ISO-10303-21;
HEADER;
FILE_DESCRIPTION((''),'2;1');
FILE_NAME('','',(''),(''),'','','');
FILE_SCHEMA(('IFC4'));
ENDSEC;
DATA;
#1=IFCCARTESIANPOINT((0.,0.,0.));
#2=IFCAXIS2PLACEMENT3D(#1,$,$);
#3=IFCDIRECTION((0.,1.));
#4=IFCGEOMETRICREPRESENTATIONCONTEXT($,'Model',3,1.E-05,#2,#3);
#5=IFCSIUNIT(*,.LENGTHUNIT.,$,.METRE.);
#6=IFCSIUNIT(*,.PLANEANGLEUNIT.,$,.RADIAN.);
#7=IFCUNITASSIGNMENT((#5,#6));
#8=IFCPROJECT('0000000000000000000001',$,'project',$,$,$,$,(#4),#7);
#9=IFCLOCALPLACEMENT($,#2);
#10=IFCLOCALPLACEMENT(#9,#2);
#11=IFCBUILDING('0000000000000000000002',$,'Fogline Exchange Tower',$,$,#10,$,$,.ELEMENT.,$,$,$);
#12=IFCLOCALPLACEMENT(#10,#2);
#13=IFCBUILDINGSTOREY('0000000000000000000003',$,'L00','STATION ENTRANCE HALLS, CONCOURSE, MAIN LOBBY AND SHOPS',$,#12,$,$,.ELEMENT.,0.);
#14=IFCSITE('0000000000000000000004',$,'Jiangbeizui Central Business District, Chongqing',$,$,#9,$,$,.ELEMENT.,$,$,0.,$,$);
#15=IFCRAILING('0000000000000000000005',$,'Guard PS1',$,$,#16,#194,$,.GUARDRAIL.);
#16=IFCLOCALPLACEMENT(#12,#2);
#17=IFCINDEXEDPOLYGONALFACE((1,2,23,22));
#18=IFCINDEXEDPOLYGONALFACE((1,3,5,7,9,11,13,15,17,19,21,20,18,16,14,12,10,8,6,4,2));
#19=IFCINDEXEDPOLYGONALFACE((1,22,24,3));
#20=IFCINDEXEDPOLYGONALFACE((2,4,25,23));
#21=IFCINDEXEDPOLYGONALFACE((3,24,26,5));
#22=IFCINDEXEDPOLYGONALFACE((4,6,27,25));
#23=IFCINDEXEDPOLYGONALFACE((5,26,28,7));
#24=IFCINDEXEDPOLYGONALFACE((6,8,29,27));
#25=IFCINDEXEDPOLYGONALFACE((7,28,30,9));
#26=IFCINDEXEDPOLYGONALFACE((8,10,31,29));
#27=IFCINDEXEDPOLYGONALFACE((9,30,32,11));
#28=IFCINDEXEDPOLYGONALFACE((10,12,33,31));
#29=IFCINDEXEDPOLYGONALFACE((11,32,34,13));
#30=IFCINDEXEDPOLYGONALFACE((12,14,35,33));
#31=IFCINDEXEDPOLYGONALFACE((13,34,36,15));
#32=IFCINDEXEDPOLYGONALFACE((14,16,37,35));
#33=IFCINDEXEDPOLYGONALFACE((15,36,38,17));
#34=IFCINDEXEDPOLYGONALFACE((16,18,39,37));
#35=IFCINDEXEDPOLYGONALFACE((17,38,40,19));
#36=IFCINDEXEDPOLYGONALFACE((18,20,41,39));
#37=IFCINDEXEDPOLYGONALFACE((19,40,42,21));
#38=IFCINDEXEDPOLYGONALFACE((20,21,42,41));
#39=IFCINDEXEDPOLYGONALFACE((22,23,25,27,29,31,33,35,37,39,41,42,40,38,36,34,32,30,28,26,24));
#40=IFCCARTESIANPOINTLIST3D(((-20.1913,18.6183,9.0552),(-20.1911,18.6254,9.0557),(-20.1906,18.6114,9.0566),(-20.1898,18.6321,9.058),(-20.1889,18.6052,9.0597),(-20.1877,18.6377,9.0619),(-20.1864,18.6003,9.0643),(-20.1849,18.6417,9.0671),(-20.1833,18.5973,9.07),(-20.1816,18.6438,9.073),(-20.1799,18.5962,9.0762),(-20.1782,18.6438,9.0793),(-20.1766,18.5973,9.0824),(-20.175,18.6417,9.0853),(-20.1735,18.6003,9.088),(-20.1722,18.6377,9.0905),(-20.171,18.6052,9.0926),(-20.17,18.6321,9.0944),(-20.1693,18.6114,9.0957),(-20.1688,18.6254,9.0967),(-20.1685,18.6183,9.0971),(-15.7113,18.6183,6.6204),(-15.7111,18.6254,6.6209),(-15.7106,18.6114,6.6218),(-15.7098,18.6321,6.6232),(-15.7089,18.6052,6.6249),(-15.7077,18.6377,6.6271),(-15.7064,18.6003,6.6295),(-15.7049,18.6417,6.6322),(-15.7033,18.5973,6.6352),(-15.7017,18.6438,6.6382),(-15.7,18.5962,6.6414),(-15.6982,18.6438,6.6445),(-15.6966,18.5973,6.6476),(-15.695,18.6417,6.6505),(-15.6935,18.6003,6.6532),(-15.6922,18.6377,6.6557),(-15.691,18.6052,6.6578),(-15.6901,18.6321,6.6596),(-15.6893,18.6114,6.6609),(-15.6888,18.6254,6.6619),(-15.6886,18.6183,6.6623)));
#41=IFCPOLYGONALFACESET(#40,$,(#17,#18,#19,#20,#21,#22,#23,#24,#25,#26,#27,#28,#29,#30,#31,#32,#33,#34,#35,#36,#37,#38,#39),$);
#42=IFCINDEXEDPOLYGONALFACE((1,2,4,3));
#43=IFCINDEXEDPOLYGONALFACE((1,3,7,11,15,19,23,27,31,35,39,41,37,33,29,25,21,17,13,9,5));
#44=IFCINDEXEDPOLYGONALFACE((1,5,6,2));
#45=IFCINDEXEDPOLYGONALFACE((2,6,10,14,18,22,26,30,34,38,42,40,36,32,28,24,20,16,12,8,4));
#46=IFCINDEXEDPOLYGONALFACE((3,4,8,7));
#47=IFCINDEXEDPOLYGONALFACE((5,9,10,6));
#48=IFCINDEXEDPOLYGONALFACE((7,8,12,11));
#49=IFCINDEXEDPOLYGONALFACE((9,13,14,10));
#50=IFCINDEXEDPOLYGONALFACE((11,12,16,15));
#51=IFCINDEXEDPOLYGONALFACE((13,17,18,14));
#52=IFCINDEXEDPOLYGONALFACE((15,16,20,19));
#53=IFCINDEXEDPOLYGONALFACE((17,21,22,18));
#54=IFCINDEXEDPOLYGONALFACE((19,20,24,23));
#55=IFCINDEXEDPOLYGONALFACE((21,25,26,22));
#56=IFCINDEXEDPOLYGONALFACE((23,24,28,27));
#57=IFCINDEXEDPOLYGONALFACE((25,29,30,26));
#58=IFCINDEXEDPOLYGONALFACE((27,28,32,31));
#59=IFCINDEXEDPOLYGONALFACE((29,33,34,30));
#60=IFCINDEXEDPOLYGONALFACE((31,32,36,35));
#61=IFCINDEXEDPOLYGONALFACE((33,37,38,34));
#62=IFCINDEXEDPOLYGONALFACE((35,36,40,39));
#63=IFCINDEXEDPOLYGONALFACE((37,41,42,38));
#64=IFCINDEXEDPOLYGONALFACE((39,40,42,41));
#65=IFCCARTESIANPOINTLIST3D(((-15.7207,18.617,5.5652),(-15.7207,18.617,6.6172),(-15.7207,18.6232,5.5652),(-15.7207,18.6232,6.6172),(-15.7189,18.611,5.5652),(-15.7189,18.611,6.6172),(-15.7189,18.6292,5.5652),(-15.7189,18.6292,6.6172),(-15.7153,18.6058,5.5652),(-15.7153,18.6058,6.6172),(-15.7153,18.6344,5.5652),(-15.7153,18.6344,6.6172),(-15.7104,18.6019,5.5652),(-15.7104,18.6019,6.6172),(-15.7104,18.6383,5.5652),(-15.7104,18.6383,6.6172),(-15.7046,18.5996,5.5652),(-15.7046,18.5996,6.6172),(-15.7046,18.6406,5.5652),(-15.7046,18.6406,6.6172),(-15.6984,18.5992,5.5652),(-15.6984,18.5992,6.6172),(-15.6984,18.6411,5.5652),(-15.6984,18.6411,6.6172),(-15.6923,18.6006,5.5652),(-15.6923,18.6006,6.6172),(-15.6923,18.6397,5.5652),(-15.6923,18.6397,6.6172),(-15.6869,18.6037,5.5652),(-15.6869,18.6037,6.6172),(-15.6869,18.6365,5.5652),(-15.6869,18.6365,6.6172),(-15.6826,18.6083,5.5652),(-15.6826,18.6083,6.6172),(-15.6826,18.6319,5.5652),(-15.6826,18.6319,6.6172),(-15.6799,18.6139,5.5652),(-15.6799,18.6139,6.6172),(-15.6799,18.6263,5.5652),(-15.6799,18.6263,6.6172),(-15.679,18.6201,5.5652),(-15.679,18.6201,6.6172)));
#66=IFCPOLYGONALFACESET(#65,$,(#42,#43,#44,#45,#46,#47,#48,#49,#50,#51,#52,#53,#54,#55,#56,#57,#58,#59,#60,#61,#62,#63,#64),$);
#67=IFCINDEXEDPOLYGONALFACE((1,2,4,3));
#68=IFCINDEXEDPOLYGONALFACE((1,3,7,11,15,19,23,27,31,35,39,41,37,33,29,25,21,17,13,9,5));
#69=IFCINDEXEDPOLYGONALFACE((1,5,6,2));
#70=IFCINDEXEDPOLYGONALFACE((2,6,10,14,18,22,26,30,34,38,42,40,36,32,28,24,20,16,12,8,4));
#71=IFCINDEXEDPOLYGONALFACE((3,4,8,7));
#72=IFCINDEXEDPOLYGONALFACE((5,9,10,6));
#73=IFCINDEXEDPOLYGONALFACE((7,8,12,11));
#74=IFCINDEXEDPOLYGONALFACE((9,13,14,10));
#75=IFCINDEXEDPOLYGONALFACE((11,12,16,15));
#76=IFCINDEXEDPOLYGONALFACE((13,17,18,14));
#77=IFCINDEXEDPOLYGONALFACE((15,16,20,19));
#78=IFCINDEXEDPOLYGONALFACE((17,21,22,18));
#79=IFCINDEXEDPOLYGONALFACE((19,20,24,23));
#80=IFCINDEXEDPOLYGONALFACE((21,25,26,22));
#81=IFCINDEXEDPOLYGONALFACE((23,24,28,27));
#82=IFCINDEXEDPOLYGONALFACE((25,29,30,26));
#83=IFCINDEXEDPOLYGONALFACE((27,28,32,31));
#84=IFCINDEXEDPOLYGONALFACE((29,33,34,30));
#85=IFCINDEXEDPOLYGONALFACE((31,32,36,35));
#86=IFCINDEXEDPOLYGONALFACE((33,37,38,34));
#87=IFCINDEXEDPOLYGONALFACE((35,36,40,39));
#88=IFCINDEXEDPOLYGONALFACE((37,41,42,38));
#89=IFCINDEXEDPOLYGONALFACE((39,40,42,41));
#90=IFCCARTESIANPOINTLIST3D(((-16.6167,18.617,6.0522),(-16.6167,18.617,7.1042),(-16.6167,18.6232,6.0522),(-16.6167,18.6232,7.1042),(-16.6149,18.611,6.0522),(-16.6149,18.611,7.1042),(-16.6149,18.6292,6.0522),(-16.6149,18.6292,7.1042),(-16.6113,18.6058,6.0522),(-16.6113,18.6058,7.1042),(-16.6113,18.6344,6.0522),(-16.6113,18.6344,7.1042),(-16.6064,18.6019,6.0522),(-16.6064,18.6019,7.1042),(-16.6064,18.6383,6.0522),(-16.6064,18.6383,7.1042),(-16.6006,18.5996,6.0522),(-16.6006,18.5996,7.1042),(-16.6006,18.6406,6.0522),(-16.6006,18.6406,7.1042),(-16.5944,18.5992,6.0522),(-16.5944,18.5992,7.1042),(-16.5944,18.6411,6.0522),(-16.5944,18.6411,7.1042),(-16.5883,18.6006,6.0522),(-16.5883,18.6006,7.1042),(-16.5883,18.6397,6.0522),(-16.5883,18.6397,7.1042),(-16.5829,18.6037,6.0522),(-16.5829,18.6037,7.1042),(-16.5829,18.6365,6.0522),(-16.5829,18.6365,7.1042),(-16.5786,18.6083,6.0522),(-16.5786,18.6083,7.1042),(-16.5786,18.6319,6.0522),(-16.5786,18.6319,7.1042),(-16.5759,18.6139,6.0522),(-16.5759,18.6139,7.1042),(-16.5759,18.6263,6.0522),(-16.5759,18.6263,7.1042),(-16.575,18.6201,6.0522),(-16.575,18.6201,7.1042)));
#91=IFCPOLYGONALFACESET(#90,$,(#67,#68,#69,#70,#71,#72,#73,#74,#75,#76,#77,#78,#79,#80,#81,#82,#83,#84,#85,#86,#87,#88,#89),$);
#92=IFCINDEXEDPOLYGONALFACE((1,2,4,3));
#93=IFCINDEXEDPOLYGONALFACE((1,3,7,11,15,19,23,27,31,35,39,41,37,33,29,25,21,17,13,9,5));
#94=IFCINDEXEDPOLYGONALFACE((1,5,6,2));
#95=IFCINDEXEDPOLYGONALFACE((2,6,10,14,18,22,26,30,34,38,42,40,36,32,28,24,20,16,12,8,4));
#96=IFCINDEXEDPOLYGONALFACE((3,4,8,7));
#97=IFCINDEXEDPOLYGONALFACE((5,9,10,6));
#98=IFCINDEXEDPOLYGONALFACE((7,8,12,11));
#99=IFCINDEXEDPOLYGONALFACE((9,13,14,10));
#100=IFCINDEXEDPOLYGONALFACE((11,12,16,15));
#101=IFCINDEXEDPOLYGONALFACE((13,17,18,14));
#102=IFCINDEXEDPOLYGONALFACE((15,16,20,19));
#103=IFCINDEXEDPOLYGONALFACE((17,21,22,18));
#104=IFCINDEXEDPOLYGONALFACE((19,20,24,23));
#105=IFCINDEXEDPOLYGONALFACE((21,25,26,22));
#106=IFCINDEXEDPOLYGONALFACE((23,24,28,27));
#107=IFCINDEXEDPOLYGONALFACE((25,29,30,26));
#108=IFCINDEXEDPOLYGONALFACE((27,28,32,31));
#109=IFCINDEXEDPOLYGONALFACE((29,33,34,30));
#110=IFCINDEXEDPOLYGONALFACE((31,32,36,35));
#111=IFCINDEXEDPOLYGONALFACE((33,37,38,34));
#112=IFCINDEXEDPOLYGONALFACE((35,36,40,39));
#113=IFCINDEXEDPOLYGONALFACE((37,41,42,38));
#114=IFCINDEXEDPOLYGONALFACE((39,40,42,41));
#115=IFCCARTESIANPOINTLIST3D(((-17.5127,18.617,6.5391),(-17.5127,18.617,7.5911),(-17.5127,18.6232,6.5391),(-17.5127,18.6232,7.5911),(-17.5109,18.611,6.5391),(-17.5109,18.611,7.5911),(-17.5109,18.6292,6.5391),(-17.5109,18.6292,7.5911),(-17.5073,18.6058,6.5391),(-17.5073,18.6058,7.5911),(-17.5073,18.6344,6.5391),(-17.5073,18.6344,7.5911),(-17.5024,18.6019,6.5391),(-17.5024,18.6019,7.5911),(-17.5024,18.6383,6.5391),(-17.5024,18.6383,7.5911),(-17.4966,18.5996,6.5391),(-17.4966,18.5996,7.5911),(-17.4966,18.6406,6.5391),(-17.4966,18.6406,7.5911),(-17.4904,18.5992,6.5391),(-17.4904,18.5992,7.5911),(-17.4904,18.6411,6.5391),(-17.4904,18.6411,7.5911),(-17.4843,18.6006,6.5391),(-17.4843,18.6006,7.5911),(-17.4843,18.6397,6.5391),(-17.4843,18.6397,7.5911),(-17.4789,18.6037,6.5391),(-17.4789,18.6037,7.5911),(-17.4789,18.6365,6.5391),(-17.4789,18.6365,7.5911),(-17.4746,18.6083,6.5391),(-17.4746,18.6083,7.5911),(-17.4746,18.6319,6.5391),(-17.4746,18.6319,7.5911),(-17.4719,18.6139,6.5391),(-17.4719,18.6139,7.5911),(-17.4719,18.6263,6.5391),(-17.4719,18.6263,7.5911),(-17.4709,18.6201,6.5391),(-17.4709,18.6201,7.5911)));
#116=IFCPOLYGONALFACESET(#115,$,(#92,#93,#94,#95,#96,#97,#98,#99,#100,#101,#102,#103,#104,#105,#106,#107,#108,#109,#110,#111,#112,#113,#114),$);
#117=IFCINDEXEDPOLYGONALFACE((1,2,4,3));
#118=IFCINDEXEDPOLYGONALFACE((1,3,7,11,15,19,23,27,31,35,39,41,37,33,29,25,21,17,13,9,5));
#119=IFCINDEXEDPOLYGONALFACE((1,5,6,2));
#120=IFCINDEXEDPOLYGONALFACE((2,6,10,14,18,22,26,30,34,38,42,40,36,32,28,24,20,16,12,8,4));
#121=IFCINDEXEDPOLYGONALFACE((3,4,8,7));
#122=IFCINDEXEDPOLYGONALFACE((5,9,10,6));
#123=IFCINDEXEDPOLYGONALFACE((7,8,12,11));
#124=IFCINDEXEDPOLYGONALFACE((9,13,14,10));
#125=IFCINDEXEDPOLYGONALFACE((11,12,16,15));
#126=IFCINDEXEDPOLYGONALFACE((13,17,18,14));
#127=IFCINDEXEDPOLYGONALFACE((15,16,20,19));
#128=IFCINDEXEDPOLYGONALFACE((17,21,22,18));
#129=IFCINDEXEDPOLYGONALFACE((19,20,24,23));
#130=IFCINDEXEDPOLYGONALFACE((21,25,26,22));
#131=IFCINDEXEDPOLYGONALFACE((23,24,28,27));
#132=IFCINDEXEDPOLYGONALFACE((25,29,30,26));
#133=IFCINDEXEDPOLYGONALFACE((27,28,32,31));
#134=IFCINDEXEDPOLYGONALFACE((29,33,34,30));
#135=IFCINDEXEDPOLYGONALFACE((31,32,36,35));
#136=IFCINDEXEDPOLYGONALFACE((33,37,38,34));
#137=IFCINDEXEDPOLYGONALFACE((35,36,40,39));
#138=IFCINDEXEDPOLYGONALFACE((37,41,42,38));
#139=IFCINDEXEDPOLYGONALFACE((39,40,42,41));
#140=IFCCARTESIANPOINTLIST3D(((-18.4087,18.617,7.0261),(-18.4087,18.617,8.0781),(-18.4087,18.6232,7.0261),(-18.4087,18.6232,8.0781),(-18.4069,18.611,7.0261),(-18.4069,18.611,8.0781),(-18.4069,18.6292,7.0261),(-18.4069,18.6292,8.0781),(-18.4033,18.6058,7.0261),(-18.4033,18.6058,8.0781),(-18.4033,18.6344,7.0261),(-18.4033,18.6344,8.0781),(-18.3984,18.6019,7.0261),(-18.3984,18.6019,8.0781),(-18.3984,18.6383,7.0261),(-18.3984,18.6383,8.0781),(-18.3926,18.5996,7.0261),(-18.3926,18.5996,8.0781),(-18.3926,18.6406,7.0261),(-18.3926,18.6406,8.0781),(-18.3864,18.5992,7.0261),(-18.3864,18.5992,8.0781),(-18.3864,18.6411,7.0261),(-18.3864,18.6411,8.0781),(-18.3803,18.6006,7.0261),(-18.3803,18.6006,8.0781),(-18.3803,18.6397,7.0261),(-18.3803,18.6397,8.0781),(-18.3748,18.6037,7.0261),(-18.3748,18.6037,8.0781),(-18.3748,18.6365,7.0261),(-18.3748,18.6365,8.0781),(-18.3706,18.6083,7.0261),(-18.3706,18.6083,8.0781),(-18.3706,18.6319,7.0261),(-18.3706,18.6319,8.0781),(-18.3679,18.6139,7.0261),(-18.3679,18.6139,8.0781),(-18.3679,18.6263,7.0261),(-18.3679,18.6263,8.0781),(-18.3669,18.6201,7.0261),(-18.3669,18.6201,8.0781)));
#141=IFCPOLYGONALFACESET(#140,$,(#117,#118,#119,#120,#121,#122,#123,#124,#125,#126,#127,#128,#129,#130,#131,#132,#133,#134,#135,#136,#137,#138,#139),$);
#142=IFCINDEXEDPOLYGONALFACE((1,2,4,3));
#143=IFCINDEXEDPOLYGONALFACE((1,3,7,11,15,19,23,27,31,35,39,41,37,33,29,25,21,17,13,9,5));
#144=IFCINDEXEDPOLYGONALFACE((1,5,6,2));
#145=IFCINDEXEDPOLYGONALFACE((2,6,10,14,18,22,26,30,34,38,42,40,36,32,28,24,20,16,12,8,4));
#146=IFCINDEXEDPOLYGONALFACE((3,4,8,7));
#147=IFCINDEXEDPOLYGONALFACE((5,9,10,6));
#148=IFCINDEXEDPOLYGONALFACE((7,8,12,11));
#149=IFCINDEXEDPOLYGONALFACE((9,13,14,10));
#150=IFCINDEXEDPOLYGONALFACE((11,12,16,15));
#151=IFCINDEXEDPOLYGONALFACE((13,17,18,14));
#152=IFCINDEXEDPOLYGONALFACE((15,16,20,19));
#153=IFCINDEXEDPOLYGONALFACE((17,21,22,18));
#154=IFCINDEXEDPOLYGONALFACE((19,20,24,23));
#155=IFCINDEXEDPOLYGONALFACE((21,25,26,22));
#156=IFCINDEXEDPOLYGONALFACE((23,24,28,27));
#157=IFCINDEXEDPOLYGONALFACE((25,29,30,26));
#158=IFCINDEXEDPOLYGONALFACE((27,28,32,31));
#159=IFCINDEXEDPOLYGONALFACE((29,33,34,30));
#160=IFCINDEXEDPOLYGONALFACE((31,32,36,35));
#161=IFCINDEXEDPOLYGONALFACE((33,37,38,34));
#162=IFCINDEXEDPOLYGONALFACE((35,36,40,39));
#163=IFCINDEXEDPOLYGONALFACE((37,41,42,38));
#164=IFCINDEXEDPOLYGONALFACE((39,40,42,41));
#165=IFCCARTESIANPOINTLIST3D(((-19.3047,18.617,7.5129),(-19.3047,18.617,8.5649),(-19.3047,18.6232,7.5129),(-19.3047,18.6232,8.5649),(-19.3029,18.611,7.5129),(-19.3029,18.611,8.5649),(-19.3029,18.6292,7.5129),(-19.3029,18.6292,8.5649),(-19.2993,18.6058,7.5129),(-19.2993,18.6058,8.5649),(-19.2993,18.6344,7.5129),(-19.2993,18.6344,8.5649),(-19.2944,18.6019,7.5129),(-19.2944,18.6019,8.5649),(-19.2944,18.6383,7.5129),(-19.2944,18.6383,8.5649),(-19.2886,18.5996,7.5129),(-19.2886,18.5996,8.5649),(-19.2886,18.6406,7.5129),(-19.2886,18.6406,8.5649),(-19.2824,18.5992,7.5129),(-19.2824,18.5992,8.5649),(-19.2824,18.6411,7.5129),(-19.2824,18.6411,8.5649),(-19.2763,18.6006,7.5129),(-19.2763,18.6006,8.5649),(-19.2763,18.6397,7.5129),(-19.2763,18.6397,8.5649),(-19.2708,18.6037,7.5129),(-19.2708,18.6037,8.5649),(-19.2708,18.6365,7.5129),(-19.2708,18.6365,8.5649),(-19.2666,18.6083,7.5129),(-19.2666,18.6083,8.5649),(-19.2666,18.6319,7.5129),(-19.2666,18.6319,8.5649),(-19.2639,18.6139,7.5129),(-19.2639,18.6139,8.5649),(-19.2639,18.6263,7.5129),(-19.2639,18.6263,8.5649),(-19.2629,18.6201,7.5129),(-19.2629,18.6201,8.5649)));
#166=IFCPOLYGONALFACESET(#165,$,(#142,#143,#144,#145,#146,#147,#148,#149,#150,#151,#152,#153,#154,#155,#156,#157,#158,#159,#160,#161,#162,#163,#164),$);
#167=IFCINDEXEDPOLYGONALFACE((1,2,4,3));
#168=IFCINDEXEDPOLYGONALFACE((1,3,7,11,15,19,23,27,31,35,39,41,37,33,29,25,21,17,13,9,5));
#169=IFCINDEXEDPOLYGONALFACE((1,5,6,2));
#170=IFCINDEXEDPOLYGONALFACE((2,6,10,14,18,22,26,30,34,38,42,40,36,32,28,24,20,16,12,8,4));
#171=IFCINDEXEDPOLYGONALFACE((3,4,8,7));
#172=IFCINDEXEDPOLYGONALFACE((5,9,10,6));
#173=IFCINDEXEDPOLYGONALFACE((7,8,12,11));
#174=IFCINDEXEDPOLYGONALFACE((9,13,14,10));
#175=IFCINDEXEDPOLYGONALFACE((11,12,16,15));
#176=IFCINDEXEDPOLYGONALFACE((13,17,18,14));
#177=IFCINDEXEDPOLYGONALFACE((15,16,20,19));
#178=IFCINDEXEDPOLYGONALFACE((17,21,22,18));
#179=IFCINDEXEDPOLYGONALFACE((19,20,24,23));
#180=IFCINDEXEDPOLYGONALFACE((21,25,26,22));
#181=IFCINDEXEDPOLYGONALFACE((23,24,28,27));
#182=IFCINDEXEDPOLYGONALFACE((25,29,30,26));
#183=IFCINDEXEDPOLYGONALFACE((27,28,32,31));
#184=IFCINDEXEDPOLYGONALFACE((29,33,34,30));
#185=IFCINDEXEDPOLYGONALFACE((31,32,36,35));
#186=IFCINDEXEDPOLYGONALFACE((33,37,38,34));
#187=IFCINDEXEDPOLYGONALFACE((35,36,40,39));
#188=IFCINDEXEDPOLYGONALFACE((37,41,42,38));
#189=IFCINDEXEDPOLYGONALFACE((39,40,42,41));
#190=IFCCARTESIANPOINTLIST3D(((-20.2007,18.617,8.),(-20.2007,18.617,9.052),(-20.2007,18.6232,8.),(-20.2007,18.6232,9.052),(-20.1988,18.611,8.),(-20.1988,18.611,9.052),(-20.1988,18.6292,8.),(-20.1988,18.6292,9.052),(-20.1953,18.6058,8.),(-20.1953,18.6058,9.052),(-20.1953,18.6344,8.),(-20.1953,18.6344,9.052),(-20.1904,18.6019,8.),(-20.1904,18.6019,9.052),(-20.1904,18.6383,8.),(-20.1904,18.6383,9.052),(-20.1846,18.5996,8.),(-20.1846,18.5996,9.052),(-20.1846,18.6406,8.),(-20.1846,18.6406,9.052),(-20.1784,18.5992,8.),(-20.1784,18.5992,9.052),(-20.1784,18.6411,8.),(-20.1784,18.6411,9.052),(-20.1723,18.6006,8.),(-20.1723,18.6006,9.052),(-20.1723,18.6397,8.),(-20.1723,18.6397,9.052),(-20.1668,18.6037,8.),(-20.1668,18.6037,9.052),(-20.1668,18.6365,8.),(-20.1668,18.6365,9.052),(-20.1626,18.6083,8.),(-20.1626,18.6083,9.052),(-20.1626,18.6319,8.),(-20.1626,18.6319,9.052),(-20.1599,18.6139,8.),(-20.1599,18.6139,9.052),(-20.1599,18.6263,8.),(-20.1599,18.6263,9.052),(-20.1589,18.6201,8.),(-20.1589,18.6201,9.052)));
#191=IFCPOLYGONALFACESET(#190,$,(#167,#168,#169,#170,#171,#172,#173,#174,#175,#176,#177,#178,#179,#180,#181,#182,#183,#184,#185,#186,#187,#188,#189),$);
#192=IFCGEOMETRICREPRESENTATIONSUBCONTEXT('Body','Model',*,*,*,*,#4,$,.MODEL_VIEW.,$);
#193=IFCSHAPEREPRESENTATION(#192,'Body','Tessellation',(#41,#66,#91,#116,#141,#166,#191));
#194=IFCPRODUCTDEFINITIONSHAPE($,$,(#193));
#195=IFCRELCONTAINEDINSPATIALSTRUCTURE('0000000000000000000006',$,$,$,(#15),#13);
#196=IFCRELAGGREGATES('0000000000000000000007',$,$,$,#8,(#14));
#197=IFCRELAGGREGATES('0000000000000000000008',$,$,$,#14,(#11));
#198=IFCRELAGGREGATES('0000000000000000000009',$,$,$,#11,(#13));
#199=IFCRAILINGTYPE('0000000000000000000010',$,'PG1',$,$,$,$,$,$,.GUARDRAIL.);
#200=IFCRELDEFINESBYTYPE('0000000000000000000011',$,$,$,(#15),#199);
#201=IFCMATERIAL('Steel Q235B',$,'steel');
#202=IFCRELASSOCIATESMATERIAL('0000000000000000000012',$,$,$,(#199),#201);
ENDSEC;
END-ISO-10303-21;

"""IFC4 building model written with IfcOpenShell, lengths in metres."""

from ifc_helpers import new_model, si_unit, direction, frame, origin, origin_2d, place, context, subcontext, project, spatial, circle, extrude, material, type_object, element, save


model = new_model("IFC4")

# Units and contexts
model_context = context("Model", 3, precision=1e-05, world=origin(), true_north=direction((0.0, 1.0)))
body_context = subcontext(model_context, "Body", "Model", "MODEL_VIEW")
ifc_project = project(units=[si_unit("LENGTHUNIT", "METRE"), si_unit("PLANEANGLEUNIT", "RADIAN")], contexts=[model_context])

# Site, building, storey
site_placement = place(None, origin())
site = spatial("IfcSite", under=ifc_project, at=site_placement, Name="Jiangbeizui Central Business District, Chongqing", CompositionType="ELEMENT", RefElevation=0.0)
building_placement = place(site_placement, origin())
building = spatial("IfcBuilding", under=site, at=building_placement, Name="Fogline Exchange Tower", CompositionType="ELEMENT")
storey_placement = place(building_placement, origin())
storey = spatial("IfcBuildingStorey", under=building, at=storey_placement, Name="L00", Description="STATION ENTRANCE HALLS, CONCOURSE, MAIN LOBBY AND SHOPS", CompositionType="ELEMENT", Elevation=0.0)

# Shared definitions
ifc_material_1 = material(Name="Steel Q235B", Category="steel")

# Railing
railing_type_1 = type_object("IfcRailingType", Name="PG1", PredefinedType="GUARDRAIL", material=ifc_material_1)
for number, where, name in (
    (1, (-15.7, 18.6201, 5.5652), "Guard PS1"),
):
    element("IfcRailing", number, at=place(storey_placement, frame(where)), inside=storey, type_object=railing_type_1, Name=name, PredefinedType="GUARDRAIL", context=body_context, shape_type="SweptSolid", body=[
        extrude(circle(Radius=0.0239, at=origin_2d()), frame((0.0, 0.0, 1.0762), z_axis=(-0.878621, 0.0, 0.47752), x_axis=(0.0, -1.0, 0.0)), (0.0, 0.0, 1.0), 5.0989),
        extrude(circle(Radius=0.021, at=origin_2d()), origin(), (0.0, 0.0, 1.0), 1.052),
        extrude(circle(Radius=0.021, at=origin_2d()), frame((-0.896, 0.0, 0.4871)), (0.0, 0.0, 1.0), 1.052),
        extrude(circle(Radius=0.021, at=origin_2d()), frame((-1.792, 0.0, 0.9739)), (0.0, 0.0, 1.0), 1.052),
        extrude(circle(Radius=0.021, at=origin_2d()), frame((-2.688, 0.0, 1.4609)), (0.0, 0.0, 1.0), 1.052),
        extrude(circle(Radius=0.021, at=origin_2d()), frame((-3.584, 0.0, 1.9478)), (0.0, 0.0, 1.0), 1.052),
        extrude(circle(Radius=0.021, at=origin_2d()), frame((-4.48, 0.0, 2.4348)), (0.0, 0.0, 1.0), 1.052),
    ])

save(model, "model.ifc")
